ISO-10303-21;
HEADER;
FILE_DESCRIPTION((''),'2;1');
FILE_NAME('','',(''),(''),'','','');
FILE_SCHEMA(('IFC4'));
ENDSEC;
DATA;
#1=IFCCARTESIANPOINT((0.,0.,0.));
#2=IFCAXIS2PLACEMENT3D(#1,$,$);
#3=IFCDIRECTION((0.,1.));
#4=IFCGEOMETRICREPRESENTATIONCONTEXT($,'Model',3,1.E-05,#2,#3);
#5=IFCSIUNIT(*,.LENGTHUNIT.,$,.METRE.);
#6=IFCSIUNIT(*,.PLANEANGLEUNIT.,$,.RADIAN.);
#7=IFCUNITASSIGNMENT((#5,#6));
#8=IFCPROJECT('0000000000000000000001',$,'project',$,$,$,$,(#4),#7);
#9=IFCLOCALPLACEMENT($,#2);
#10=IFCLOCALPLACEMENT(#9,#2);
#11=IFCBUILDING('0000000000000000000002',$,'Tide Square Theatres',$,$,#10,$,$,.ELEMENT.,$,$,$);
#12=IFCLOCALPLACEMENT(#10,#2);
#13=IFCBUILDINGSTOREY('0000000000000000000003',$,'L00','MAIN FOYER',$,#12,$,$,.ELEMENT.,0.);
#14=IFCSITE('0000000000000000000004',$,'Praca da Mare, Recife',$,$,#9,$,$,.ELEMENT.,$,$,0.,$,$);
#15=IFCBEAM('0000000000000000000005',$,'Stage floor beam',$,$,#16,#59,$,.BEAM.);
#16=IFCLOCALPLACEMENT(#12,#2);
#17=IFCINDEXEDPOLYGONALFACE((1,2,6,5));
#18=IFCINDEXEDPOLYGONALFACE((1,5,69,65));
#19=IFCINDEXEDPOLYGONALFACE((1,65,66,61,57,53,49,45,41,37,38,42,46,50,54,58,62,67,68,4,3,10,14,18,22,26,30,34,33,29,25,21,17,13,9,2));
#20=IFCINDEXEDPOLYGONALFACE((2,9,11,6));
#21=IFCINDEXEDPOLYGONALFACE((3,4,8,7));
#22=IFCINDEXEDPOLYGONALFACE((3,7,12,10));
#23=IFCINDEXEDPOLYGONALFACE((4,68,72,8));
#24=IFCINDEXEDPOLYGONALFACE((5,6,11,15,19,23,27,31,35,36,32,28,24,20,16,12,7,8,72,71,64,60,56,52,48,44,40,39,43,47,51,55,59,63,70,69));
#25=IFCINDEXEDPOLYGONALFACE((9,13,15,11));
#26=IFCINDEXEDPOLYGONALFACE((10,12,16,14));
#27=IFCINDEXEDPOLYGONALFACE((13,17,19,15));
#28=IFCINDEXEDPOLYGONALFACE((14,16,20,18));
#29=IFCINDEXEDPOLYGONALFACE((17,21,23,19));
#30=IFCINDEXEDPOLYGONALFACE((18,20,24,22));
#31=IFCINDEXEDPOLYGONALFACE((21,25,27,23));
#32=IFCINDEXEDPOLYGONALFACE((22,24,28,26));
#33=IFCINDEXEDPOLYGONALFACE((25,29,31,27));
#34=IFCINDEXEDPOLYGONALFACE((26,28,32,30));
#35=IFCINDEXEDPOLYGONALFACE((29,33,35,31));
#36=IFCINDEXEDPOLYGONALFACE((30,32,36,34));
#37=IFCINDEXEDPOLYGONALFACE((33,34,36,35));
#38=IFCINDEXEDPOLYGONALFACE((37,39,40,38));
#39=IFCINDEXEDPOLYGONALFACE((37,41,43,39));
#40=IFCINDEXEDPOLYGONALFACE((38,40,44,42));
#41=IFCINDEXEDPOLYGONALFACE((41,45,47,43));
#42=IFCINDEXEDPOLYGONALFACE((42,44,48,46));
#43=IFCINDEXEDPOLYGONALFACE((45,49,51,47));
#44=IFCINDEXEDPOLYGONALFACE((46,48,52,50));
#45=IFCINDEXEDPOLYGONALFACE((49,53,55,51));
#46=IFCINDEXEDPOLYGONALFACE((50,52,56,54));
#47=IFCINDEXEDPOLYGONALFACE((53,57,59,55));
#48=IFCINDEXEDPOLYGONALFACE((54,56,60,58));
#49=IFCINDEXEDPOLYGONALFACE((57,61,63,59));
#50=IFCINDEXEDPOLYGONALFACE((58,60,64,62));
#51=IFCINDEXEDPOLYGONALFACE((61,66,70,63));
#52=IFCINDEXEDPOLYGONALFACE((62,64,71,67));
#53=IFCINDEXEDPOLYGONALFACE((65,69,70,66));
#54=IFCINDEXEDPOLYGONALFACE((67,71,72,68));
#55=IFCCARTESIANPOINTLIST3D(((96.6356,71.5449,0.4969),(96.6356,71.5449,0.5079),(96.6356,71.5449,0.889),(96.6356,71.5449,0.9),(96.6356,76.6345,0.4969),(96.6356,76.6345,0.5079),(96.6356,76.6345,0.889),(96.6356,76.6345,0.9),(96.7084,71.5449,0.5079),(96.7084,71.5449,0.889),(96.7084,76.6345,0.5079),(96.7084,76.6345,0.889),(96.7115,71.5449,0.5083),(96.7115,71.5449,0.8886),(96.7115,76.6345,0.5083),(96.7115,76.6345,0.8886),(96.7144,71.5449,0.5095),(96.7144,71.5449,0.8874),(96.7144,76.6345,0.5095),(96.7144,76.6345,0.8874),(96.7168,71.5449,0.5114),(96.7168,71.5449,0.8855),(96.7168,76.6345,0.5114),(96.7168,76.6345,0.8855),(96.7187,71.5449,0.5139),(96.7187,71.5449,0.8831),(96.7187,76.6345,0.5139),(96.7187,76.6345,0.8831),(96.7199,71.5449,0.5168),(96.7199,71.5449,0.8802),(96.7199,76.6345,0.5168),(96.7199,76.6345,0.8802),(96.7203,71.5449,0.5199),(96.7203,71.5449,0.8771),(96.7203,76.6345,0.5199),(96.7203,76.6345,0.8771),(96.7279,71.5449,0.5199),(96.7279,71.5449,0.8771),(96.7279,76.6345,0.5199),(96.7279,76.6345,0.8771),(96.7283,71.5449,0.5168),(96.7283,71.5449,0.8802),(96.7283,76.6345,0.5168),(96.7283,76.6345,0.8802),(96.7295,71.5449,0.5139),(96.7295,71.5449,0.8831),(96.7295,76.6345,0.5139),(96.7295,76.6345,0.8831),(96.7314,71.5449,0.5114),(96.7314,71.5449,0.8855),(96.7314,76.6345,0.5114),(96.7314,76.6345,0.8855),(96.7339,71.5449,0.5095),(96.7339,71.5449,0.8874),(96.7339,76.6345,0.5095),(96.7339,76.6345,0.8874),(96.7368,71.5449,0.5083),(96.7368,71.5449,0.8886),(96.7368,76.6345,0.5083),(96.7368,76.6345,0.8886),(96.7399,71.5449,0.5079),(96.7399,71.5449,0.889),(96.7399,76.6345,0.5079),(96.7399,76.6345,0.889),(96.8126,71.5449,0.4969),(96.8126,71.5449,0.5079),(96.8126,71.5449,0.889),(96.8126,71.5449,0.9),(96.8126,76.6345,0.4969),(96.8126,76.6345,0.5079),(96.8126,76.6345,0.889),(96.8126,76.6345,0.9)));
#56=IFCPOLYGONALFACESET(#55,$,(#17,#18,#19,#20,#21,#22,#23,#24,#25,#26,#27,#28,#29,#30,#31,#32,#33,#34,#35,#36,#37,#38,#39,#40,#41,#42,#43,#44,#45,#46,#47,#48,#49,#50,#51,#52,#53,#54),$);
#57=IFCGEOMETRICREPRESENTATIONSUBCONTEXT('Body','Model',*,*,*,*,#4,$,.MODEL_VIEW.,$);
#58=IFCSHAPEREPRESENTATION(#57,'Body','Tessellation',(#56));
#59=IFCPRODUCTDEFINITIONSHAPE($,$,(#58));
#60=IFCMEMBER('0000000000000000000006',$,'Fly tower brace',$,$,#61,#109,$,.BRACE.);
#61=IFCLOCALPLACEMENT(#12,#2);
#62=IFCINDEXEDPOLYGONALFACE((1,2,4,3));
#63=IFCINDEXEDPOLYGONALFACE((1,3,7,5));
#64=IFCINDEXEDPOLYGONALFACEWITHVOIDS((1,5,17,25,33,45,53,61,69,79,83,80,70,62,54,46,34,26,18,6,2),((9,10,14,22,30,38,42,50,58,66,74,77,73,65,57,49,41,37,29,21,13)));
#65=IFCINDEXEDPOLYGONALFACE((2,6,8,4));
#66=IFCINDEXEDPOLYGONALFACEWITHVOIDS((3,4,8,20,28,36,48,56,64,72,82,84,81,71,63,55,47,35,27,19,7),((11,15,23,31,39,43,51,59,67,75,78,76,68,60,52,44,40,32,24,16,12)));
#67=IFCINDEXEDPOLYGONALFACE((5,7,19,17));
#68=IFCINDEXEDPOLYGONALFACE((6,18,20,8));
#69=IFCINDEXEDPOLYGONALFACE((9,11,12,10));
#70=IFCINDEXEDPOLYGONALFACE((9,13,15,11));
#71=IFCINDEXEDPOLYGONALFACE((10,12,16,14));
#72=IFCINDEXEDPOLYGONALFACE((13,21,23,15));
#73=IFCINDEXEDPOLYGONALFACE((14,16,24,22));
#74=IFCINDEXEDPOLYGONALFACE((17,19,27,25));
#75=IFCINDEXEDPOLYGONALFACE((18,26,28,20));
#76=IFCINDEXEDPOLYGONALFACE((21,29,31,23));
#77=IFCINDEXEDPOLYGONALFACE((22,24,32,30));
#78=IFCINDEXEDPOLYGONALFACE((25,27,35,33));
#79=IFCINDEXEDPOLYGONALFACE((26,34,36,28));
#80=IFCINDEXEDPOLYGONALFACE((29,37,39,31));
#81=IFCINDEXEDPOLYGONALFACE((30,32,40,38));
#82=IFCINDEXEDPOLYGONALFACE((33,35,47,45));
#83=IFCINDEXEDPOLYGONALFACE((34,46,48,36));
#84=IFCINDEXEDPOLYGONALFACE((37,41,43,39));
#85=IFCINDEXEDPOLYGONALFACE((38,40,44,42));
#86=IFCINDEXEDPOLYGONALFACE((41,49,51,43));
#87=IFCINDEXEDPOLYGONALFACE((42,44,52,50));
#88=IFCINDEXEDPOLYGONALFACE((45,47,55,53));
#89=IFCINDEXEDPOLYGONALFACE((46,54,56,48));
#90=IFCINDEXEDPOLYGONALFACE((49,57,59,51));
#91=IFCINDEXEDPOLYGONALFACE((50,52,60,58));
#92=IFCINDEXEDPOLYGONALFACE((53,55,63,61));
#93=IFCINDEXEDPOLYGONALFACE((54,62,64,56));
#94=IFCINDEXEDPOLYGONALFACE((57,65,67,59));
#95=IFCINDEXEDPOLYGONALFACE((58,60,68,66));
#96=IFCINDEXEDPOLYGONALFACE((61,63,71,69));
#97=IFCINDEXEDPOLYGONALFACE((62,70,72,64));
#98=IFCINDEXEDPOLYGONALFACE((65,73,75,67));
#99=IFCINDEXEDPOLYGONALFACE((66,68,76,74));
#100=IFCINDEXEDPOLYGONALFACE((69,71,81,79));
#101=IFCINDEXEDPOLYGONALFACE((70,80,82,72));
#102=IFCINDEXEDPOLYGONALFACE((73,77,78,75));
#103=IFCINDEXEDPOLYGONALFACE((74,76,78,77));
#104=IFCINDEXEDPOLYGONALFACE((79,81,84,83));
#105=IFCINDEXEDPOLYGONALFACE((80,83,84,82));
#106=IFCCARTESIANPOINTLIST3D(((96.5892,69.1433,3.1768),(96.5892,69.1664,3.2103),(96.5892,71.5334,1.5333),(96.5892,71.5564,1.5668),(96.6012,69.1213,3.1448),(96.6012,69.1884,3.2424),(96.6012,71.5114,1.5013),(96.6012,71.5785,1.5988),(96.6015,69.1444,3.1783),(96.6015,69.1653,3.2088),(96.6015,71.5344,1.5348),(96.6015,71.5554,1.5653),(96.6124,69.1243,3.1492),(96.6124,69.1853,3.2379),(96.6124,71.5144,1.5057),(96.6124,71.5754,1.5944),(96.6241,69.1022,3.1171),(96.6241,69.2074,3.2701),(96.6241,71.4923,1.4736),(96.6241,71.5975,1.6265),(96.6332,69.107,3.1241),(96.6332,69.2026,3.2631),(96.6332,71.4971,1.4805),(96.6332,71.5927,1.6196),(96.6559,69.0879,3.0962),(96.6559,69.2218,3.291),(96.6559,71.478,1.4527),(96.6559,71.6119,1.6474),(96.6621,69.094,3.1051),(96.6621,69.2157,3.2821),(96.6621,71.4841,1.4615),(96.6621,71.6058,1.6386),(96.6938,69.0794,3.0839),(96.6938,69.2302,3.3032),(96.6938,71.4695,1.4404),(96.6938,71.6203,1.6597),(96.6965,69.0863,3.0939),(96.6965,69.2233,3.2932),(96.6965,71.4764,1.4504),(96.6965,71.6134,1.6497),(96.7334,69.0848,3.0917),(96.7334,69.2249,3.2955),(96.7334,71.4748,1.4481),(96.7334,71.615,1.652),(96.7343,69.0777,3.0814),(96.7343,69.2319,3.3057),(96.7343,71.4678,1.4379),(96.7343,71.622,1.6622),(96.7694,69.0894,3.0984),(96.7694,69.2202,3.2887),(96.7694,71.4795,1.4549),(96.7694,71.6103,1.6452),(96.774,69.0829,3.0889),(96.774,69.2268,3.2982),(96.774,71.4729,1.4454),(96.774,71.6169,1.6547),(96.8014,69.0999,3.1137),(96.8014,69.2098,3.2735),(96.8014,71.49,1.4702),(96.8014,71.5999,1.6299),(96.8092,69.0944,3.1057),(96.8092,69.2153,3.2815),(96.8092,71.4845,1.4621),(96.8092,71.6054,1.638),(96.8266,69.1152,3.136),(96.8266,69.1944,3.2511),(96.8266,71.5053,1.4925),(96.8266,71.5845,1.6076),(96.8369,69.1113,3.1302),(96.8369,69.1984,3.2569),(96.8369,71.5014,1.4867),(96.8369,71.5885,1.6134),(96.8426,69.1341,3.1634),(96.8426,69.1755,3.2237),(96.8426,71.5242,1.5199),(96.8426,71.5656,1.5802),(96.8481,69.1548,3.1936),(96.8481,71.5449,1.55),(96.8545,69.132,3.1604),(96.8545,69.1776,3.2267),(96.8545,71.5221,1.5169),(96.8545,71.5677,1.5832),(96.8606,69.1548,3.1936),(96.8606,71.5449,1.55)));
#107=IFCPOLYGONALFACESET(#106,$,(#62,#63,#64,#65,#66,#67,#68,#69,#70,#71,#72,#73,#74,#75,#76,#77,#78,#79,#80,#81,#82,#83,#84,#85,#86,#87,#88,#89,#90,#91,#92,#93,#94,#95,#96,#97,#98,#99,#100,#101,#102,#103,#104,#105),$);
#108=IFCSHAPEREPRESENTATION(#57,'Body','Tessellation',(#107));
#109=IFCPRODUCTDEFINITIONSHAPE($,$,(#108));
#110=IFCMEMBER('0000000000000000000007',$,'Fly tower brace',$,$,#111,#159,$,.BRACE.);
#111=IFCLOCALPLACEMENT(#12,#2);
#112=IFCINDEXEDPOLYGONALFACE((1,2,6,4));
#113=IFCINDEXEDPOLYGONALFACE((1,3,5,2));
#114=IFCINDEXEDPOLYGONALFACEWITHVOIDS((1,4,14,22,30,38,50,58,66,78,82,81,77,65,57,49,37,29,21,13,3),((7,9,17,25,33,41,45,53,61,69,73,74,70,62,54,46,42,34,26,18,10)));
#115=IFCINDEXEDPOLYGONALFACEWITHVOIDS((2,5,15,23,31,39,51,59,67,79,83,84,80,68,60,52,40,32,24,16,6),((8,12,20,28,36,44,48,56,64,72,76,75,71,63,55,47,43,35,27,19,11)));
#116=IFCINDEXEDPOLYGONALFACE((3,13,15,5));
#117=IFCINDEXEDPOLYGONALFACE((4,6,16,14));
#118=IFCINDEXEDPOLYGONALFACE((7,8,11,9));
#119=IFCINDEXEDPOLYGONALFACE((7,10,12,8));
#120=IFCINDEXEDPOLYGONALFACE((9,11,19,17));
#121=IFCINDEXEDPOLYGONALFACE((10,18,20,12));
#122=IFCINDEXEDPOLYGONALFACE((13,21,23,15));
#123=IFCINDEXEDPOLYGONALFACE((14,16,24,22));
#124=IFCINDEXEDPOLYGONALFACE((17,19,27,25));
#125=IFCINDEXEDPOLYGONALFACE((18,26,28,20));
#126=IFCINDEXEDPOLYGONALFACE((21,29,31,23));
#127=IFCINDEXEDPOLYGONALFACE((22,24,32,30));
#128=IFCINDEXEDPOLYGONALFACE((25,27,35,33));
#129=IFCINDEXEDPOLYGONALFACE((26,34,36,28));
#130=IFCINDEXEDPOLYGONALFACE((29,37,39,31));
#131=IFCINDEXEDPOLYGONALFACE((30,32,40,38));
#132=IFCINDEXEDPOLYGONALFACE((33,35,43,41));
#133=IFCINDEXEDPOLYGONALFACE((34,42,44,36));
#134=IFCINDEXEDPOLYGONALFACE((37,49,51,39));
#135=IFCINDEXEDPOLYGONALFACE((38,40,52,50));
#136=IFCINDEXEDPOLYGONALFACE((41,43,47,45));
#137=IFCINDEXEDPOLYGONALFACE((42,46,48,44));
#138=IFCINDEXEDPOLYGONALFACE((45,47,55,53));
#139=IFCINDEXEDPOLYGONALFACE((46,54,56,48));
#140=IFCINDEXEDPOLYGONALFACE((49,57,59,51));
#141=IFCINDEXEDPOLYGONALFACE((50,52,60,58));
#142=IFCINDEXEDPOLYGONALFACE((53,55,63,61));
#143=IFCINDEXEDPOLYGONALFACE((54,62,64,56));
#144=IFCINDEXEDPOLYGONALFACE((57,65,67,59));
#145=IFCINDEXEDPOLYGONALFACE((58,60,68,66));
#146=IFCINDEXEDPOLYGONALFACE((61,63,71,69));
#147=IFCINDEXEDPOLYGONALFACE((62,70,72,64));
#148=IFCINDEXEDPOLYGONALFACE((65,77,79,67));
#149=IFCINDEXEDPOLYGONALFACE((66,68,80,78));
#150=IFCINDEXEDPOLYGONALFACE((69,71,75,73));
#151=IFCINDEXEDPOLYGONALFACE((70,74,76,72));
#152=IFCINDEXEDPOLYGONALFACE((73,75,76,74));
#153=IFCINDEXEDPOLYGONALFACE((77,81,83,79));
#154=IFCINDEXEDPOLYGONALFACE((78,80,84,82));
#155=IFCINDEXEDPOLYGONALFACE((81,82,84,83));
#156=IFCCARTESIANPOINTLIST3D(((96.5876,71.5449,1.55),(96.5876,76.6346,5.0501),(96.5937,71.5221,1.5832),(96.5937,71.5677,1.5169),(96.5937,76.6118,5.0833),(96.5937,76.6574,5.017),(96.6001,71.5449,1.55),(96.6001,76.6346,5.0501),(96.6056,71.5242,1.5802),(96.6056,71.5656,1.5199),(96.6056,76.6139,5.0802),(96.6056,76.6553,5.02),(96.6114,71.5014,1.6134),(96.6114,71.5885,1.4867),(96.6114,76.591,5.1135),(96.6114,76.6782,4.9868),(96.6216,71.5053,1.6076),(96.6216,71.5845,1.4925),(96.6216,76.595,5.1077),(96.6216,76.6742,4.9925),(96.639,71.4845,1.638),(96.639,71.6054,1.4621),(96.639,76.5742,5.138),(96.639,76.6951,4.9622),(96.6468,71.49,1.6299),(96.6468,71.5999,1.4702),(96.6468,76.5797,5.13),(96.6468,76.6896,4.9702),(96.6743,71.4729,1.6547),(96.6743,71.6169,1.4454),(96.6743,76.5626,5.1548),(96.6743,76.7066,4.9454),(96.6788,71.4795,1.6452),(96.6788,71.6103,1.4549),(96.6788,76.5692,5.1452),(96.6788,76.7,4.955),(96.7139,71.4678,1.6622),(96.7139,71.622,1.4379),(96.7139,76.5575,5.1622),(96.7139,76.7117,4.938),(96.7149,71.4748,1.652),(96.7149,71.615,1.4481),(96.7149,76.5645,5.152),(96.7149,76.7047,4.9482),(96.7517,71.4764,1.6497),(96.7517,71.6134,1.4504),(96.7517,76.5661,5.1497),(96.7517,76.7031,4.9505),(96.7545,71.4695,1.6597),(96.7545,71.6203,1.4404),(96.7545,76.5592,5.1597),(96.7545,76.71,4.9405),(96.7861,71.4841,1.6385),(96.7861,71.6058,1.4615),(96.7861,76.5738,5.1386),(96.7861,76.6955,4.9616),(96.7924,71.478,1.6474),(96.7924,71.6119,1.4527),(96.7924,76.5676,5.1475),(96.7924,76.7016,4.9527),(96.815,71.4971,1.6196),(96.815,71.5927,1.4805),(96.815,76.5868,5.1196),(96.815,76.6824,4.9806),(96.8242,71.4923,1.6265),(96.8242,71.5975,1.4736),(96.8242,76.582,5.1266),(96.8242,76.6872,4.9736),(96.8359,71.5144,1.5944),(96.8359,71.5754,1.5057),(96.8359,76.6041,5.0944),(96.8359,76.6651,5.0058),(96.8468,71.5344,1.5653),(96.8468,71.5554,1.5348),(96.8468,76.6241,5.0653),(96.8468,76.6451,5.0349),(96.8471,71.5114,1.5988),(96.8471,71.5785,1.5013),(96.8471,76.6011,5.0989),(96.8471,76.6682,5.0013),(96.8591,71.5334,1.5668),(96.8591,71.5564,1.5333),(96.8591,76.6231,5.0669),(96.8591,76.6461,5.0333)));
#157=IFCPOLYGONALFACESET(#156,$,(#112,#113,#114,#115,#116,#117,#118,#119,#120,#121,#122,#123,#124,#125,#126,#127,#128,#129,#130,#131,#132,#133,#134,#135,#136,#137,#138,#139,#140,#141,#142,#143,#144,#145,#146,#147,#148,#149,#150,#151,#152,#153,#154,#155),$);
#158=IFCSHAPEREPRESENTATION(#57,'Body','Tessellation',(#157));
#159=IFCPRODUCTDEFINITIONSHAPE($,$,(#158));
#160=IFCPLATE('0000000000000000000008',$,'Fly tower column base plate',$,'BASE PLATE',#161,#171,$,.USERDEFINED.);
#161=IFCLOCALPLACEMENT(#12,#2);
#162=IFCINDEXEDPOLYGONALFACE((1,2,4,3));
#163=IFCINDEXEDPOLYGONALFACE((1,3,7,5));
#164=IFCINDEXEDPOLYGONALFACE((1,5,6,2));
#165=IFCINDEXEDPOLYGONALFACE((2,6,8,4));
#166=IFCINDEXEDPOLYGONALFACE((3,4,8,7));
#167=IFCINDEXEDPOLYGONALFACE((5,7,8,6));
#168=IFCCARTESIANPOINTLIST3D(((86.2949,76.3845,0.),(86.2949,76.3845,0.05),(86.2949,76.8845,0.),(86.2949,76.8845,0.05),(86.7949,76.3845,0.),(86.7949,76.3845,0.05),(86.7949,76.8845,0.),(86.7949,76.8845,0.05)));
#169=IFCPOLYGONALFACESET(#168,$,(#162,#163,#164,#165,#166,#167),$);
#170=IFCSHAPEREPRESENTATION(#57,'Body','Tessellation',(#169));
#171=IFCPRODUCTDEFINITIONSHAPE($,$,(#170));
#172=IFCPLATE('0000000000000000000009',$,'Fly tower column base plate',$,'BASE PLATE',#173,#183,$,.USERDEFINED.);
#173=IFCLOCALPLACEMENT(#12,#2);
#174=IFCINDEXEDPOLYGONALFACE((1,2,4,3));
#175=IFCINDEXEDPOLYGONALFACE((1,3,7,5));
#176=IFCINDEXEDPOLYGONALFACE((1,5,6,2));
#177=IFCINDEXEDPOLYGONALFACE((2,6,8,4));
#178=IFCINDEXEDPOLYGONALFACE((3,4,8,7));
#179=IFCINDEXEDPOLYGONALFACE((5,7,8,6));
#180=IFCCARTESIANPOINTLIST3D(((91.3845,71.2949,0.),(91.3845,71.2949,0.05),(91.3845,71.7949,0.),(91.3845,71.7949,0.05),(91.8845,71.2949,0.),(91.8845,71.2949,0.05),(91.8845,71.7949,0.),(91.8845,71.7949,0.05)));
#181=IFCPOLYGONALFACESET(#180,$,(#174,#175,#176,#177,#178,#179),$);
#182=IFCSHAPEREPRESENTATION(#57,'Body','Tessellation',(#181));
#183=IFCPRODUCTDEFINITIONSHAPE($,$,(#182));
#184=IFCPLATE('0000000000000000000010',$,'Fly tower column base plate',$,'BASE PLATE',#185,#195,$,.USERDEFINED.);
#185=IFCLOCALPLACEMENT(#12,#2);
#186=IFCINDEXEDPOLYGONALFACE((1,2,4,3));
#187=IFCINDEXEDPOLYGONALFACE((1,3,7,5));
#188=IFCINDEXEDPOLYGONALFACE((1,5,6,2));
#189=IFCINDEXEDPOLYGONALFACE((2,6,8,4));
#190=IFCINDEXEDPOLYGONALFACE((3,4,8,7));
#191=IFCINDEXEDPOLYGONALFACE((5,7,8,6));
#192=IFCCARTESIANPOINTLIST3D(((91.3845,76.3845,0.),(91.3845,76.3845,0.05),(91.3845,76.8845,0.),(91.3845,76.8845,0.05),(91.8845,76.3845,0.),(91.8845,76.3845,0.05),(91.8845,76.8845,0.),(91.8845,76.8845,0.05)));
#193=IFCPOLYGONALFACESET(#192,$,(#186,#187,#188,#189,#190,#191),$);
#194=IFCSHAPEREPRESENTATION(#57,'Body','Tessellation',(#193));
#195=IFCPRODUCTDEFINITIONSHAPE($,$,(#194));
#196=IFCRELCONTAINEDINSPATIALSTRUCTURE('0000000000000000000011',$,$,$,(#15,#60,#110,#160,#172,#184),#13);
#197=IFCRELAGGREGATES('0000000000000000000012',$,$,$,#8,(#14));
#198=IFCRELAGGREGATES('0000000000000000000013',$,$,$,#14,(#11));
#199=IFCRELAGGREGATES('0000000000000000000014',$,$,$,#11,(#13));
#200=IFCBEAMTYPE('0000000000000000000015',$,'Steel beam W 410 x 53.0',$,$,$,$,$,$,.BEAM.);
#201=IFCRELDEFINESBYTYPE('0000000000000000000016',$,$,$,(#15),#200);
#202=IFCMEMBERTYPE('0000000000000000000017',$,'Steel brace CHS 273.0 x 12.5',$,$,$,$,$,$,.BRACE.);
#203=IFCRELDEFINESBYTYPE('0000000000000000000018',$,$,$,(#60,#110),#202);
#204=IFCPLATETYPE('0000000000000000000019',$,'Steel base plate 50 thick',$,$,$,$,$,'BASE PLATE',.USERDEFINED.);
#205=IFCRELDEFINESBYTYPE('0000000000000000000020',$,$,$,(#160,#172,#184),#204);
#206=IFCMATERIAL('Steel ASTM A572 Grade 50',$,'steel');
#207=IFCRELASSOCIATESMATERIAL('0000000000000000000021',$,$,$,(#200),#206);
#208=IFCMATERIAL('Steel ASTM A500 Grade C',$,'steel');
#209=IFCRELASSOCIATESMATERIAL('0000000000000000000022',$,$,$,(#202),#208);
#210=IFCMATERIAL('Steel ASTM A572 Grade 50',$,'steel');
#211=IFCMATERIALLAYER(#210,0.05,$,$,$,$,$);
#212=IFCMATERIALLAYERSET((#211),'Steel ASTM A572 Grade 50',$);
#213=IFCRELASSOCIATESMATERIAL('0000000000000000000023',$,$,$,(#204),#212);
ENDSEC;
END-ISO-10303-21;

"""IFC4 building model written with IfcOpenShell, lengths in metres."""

from ifc_helpers import new_model, si_unit, direction, frame, origin, origin_2d, place, context, subcontext, project, spatial, rectangle, hollow_circle, i_section, extrude, material, layer, layer_set, material_profile, profile_set, type_object, element, save


model = new_model("IFC4")

# Units and contexts
model_context = context("Model", 3, precision=1e-05, world=origin(), true_north=direction((0.0, 1.0)))
body_context = subcontext(model_context, "Body", "Model", "MODEL_VIEW")
ifc_project = project(units=[si_unit("LENGTHUNIT", "METRE"), si_unit("PLANEANGLEUNIT", "RADIAN")], contexts=[model_context])

# Site, building, storey
site_placement = place(None, origin())
site = spatial("IfcSite", under=ifc_project, at=site_placement, Name="Praca da Mare, Recife", CompositionType="ELEMENT", RefElevation=0.0)
building_placement = place(site_placement, origin())
building = spatial("IfcBuilding", under=site, at=building_placement, Name="Tide Square Theatres", CompositionType="ELEMENT")
storey_placement = place(building_placement, origin())
storey = spatial("IfcBuildingStorey", under=building, at=storey_placement, Name="L00", Description="MAIN FOYER", CompositionType="ELEMENT", Elevation=0.0)

# Beam
ifc_material_1 = material(Name="Steel ASTM A572 Grade 50", Category="steel")
ifc_material_profile_1 = material_profile(ifc_material_1, i_section(OverallWidth=0.177, OverallDepth=0.4031, WebThickness=0.0076, FlangeThickness=0.011, FilletRadius=0.012, at=origin_2d()))
ifc_profile_set_1 = profile_set([ifc_material_profile_1], Name="Steel ASTM A572 Grade 50")
beam_type = type_object("IfcBeamType", Name="Steel beam W 410 x 53.0", PredefinedType="BEAM", material=ifc_profile_set_1)
for number, where, z_axis, x_axis, name in (
    (1, (96.7241, 71.5449, 0.6985), (0.0, 1.0, 0.0), (-1.0, 0.0, 0.0), "Stage floor beam"),
):
    element("IfcBeam", number, at=place(storey_placement, frame(where, z_axis=z_axis, x_axis=x_axis)), inside=storey, type_object=beam_type, Name=name, PredefinedType="BEAM", context=body_context, shape_type="SweptSolid", body=[
        extrude(i_section(OverallWidth=0.177, OverallDepth=0.4031, WebThickness=0.0076, FlangeThickness=0.011, FilletRadius=0.012, at=origin_2d()), origin(), (0.0, 0.0, 1.0), 5.0896),
    ])

# Members
ifc_material_2 = material(Name="Steel ASTM A500 Grade C", Category="steel")
ifc_material_profile_2 = material_profile(ifc_material_2, hollow_circle(Radius=0.1365, WallThickness=0.0125, at=origin_2d()))
ifc_profile_set_2 = profile_set([ifc_material_profile_2], Name="Steel ASTM A500 Grade C")
member_type = type_object("IfcMemberType", Name="Steel brace CHS 273.0 x 12.5", PredefinedType="BRACE", material=ifc_profile_set_2)
member_1_placement = place(storey_placement, frame((96.7241, 71.5449, 1.55), z_axis=(0.0, -0.823988, 0.566607), x_axis=(1.0, 0.0, 0.0)))
element("IfcMember", 2, at=member_1_placement, inside=storey, type_object=member_type, Name="Fly tower brace", PredefinedType="BRACE", context=body_context, shape_type="SweptSolid", body=[
    extrude(hollow_circle(Radius=0.1365, WallThickness=0.0125, at=origin_2d()), origin(), (0.0, 0.0, 1.0), 2.9006),
])
member_2_placement = place(storey_placement, frame((96.7241, 71.5449, 1.55), z_axis=(0.0, 0.823974, 0.566628), x_axis=(-1.0, 0.0, 0.0)))
element("IfcMember", 3, at=member_2_placement, inside=storey, type_object=member_type, Name="Fly tower brace", PredefinedType="BRACE", context=body_context, shape_type="SweptSolid", body=[
    extrude(hollow_circle(Radius=0.1365, WallThickness=0.0125, at=origin_2d()), origin(), (0.0, 0.0, 1.0), 6.177),
])

# Plates
ifc_material_3 = material(Name="Steel ASTM A572 Grade 50", Category="steel")
ifc_layer = layer(ifc_material_3, 0.05)
ifc_layer_set = layer_set([ifc_layer], Name="Steel ASTM A572 Grade 50")
plate_type = type_object("IfcPlateType", Name="Steel base plate 50 thick", ElementType="BASE PLATE", PredefinedType="USERDEFINED", material=ifc_layer_set)
for number, where, z_axis, x_axis, name in (
    (4, (86.5449, 76.6345, 0.0), (0.0, 0.0, 1.0), (1.0, 0.0, 0.0), "Fly tower column base plate"),
    (5, (91.6345, 71.5449, 0.0), (0.0, 0.0, 1.0), (1.0, 0.0, 0.0), "Fly tower column base plate"),
    (6, (91.6345, 76.6345, 0.0), (0.0, 0.0, 1.0), (1.0, 0.0, 0.0), "Fly tower column base plate"),
):
    element("IfcPlate", number, at=place(storey_placement, frame(where, z_axis=z_axis, x_axis=x_axis)), inside=storey, type_object=plate_type, Name=name, ObjectType="BASE PLATE", PredefinedType="USERDEFINED", context=body_context, shape_type="SweptSolid", body=[
        extrude(rectangle(XDim=0.5, YDim=0.5, at=origin_2d()), origin(), (0.0, 0.0, 1.0), 0.05),
    ])

save(model, "model.ifc")
